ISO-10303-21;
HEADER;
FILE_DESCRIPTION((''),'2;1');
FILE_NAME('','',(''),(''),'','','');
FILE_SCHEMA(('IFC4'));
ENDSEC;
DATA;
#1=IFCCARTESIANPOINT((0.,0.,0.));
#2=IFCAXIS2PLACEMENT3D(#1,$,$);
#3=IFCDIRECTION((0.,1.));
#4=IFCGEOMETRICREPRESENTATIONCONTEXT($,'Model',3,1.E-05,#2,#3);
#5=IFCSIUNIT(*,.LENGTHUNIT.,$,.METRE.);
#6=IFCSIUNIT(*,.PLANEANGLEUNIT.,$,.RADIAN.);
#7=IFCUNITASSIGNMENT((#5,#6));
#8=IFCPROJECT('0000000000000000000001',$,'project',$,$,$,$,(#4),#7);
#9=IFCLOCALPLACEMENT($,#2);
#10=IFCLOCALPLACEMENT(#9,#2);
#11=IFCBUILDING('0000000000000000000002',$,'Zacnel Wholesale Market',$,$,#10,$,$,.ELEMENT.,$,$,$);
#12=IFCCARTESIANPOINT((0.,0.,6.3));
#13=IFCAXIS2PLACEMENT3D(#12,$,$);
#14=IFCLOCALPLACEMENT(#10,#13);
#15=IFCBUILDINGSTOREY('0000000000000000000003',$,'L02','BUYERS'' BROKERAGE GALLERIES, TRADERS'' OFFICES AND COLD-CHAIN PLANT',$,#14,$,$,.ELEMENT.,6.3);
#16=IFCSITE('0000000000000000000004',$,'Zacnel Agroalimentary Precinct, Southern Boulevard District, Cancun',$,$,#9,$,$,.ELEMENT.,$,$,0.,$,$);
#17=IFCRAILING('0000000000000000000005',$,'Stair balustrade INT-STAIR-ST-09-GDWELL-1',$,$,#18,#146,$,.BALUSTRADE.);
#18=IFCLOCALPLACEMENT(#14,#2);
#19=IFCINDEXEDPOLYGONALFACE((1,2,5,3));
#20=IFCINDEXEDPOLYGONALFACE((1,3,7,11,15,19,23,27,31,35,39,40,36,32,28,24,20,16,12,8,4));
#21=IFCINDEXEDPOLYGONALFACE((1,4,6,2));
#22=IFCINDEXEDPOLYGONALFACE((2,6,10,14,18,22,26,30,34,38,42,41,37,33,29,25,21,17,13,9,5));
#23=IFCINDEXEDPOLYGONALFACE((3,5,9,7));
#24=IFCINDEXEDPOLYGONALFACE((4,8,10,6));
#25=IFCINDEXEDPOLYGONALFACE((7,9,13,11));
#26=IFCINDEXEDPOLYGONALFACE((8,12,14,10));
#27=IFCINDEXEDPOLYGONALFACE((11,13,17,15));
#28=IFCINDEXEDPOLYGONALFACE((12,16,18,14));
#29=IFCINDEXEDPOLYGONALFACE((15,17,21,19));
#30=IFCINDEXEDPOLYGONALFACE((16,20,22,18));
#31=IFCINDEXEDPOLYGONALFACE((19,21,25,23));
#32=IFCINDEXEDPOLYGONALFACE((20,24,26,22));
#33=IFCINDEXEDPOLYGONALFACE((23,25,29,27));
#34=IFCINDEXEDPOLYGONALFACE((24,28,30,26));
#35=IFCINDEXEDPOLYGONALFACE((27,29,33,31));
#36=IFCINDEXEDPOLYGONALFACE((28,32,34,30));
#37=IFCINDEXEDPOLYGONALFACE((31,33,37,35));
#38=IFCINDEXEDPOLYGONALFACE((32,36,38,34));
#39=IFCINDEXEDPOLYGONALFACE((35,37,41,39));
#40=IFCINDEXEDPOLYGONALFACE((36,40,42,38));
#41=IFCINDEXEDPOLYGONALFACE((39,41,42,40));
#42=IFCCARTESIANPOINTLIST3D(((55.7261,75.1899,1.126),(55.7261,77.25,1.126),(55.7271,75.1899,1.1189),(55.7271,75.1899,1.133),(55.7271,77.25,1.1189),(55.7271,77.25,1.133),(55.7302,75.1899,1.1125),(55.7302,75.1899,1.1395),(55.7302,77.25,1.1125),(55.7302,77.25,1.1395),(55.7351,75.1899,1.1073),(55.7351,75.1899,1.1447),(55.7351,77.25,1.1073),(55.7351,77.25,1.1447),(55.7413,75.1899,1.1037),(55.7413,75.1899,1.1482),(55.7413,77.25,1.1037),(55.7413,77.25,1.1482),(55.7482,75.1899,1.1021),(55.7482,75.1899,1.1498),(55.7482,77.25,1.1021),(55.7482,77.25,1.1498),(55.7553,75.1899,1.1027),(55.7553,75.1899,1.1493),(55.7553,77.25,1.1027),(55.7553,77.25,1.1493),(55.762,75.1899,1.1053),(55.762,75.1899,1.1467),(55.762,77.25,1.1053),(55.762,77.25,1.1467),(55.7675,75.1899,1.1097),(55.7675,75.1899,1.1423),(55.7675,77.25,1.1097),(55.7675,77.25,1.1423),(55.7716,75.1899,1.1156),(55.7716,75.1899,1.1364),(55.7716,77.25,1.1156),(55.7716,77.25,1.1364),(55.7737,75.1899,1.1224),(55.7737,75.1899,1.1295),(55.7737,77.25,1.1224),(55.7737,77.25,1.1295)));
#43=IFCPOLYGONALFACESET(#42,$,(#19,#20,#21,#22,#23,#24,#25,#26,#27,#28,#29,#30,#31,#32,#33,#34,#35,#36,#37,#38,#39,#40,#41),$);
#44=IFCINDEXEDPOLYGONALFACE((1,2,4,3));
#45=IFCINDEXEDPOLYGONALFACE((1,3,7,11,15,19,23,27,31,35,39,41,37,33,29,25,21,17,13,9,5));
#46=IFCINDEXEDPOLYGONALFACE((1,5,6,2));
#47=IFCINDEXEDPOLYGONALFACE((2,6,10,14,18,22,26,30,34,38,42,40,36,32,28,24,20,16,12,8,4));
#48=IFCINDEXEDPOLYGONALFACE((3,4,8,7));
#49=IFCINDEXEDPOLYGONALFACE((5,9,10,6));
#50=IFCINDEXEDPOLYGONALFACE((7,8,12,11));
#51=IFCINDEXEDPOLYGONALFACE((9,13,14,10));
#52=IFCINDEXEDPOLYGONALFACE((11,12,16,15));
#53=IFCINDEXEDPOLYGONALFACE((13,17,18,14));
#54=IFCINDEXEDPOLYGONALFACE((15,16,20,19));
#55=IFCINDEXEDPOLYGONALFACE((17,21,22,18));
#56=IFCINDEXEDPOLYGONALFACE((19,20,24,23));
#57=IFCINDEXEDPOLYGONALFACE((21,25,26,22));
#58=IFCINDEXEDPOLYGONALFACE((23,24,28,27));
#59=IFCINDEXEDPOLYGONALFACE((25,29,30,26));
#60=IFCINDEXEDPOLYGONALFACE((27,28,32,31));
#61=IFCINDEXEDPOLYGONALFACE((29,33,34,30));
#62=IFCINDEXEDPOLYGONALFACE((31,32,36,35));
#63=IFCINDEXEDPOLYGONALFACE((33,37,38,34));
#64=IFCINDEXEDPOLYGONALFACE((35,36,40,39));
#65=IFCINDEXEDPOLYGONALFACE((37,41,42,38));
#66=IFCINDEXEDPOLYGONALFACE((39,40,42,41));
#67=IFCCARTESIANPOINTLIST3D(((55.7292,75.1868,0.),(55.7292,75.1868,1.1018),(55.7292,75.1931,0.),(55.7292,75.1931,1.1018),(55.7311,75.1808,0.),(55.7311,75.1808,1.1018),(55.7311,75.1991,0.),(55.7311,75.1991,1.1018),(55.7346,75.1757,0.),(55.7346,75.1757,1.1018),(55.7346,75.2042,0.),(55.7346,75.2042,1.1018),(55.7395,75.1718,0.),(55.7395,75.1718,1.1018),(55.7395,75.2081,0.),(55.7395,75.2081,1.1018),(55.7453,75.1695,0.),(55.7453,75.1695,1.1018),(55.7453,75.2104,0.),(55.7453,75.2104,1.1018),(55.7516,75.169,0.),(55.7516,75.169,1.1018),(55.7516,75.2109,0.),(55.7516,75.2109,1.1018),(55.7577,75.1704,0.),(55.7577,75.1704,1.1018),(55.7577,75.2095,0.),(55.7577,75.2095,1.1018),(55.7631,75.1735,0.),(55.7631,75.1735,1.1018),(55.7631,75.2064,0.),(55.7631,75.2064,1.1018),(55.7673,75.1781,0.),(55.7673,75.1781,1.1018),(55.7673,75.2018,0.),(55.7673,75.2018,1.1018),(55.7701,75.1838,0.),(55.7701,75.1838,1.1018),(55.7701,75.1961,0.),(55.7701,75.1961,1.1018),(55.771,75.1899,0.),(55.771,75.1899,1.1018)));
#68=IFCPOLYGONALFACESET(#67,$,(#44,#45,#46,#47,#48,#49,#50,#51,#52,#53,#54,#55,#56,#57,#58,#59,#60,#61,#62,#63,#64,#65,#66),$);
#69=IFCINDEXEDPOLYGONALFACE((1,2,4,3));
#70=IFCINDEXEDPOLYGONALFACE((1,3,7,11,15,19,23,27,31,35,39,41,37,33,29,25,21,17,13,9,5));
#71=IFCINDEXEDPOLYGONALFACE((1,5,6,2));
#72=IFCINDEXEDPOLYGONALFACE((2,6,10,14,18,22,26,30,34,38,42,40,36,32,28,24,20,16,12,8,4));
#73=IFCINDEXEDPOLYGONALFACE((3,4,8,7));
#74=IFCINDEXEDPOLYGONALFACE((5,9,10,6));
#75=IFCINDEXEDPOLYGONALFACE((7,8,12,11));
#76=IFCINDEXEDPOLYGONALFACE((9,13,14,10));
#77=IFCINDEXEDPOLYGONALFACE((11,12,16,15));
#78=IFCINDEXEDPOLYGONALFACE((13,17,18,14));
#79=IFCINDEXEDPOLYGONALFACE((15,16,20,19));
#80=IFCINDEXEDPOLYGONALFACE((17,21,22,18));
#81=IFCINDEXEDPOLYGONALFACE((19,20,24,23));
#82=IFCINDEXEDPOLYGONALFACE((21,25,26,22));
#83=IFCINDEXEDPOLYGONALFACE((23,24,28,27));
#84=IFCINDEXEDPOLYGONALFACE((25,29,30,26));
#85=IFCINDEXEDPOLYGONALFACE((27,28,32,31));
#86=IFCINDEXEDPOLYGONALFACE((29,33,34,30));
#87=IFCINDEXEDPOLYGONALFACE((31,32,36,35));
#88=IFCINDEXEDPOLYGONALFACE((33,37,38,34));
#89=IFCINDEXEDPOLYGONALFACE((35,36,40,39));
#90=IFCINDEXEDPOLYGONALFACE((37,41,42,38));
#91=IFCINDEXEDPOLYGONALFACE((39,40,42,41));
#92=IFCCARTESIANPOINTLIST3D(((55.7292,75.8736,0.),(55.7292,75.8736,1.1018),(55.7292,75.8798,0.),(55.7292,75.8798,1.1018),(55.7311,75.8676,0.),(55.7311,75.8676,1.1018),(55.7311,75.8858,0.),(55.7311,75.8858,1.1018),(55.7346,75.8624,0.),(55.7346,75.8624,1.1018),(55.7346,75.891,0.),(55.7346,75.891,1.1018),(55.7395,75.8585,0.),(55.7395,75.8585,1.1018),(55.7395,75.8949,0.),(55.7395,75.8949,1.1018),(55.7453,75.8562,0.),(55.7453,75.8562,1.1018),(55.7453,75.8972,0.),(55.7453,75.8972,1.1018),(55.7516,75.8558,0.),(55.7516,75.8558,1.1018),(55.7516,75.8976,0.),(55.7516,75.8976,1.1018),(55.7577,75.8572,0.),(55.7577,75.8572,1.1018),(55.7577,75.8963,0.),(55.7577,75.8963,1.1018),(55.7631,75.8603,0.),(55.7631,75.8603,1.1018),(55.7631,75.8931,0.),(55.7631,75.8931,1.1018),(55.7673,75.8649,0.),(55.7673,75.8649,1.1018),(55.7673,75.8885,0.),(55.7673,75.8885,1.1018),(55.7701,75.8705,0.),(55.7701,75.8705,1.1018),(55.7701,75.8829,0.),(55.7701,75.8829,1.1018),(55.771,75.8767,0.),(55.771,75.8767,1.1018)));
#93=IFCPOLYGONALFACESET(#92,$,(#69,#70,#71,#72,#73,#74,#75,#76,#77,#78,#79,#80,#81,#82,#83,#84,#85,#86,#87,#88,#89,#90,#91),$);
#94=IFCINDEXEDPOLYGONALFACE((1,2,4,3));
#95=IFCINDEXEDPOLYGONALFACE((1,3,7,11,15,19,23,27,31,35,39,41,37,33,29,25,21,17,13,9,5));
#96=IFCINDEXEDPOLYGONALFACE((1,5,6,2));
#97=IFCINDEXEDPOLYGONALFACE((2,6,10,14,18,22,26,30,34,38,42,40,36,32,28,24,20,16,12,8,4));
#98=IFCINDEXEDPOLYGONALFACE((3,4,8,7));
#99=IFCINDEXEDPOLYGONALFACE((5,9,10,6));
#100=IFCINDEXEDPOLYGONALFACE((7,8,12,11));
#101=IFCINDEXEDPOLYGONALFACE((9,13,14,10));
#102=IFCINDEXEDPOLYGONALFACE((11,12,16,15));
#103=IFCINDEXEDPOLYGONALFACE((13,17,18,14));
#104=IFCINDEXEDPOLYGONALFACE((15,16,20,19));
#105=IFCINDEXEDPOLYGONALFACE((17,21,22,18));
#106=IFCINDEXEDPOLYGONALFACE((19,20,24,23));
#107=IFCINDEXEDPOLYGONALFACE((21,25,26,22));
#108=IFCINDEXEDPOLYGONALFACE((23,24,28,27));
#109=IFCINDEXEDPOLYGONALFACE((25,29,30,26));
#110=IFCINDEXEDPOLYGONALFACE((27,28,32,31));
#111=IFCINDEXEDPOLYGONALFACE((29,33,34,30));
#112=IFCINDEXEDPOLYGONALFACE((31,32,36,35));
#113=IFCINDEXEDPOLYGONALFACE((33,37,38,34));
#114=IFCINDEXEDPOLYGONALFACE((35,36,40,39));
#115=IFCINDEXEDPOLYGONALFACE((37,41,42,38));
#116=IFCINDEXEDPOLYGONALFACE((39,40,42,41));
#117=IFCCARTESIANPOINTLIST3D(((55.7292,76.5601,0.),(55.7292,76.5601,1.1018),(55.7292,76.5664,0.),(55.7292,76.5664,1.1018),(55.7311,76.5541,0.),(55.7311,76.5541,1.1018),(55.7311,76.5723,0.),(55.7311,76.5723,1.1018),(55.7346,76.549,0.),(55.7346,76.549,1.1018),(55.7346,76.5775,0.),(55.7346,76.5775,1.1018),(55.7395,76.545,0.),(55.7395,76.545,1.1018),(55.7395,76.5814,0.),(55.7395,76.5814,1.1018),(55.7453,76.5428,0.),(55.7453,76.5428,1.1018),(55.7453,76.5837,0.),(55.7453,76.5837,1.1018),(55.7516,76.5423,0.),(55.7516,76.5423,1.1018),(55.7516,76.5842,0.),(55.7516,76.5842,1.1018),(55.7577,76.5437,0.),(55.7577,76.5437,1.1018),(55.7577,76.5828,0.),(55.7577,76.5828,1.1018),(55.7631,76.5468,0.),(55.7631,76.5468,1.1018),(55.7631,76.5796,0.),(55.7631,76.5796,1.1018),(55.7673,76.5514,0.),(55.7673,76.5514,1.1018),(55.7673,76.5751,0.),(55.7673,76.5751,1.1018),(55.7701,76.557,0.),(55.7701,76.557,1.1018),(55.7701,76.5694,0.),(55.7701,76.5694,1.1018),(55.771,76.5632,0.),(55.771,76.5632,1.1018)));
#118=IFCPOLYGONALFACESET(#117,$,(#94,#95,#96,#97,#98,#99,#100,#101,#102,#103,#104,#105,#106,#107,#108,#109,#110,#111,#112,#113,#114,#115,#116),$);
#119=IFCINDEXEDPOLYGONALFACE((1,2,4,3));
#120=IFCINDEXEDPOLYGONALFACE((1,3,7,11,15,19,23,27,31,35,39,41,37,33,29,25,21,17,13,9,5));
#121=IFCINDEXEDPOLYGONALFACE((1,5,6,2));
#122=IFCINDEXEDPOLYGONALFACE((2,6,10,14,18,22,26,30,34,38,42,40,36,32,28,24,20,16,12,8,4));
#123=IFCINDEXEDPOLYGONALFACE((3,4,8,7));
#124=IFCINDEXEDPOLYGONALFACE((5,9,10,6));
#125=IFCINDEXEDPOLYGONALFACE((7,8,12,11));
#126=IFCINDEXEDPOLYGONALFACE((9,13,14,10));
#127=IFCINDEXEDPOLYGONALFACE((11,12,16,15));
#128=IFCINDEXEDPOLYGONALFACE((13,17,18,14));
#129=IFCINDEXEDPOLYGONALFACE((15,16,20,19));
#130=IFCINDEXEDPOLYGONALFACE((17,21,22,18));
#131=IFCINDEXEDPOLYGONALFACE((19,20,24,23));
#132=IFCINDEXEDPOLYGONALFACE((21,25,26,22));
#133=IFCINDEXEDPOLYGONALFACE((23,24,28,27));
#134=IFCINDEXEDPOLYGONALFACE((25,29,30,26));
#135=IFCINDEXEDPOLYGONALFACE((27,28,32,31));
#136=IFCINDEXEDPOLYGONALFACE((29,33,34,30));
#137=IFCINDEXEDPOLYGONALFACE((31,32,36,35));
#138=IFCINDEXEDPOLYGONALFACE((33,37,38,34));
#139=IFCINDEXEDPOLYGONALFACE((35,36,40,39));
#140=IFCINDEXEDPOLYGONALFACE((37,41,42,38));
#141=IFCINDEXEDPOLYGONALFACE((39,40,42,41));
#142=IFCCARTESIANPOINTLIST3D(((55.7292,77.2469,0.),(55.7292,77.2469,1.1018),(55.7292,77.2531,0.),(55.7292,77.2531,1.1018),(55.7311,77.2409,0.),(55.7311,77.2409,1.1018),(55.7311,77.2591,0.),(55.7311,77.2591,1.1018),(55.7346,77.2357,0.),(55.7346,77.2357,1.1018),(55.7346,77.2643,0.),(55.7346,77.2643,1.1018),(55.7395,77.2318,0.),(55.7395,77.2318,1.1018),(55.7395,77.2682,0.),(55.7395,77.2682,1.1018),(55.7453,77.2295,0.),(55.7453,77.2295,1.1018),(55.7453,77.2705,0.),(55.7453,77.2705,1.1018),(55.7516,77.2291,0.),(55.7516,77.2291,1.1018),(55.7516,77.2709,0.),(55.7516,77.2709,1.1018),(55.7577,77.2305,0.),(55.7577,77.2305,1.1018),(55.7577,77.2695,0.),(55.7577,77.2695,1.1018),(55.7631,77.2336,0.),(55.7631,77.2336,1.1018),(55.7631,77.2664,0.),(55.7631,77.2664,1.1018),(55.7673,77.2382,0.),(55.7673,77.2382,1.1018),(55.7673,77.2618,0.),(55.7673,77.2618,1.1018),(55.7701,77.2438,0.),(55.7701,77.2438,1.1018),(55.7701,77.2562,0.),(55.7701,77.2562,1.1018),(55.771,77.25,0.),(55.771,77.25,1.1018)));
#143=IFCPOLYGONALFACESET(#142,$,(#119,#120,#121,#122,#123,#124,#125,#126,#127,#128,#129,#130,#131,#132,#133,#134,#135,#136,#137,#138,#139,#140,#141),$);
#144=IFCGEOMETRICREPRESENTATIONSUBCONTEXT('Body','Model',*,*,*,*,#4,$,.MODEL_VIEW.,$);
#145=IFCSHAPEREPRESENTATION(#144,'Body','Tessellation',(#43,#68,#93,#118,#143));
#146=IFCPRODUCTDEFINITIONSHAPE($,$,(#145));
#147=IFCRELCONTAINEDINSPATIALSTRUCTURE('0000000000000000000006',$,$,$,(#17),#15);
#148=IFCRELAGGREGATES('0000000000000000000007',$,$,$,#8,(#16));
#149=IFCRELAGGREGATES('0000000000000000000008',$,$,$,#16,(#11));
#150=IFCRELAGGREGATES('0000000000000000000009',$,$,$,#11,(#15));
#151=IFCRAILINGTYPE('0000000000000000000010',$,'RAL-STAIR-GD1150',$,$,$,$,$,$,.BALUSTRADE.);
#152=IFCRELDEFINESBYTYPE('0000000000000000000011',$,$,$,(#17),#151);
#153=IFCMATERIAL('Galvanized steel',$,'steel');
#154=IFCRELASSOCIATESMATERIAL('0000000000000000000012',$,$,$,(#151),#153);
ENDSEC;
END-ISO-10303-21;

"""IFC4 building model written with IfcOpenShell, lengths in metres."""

from ifc_helpers import new_model, si_unit, direction, frame, origin, origin_2d, place, context, subcontext, project, spatial, circle, extrude, material, type_object, element, save


model = new_model("IFC4")

# Units and contexts
model_context = context("Model", 3, precision=1e-05, world=origin(), true_north=direction((0.0, 1.0)))
body_context = subcontext(model_context, "Body", "Model", "MODEL_VIEW")
ifc_project = project(units=[si_unit("LENGTHUNIT", "METRE"), si_unit("PLANEANGLEUNIT", "RADIAN")], contexts=[model_context])

# Site, building, storey
site_placement = place(None, origin())
site = spatial("IfcSite", under=ifc_project, at=site_placement, Name="Zacnel Agroalimentary Precinct, Southern Boulevard District, Cancun", CompositionType="ELEMENT", RefElevation=0.0)
building_placement = place(site_placement, origin())
building = spatial("IfcBuilding", under=site, at=building_placement, Name="Zacnel Wholesale Market", CompositionType="ELEMENT")
storey_placement = place(building_placement, frame((0.0, 0.0, 6.3)))
storey = spatial("IfcBuildingStorey", under=building, at=storey_placement, Name="L02", Description="BUYERS' BROKERAGE GALLERIES, TRADERS' OFFICES AND COLD-CHAIN PLANT", CompositionType="ELEMENT", Elevation=6.3)

# Railing
ifc_material_1 = material(Name="Galvanized steel", Category="steel")
railing_type_1 = type_object("IfcRailingType", Name="RAL-STAIR-GD1150", PredefinedType="BALUSTRADE", material=ifc_material_1)
railing_1_placement = place(storey_placement, frame((55.75, 75.1899, 0.0)))
element("IfcRailing", 1, at=railing_1_placement, inside=storey, type_object=railing_type_1, Name="Stair balustrade INT-STAIR-ST-09-GDWELL-1", PredefinedType="BALUSTRADE", context=body_context, shape_type="SweptSolid", body=[
    extrude(circle(Radius=0.0239, at=origin_2d()), frame((0.0, 0.0, 1.126), z_axis=(0.0, 1.0, 0.0), x_axis=(-1.0, 0.0, 0.0)), (0.0, 0.0, 1.0), 2.0601),
    extrude(circle(Radius=0.021, at=origin_2d()), origin(), (0.0, 0.0, 1.0), 1.1018),
    extrude(circle(Radius=0.021, at=origin_2d()), frame((0.0, 0.6868, 0.0)), (0.0, 0.0, 1.0), 1.1018),
    extrude(circle(Radius=0.021, at=origin_2d()), frame((0.0, 1.3733, 0.0)), (0.0, 0.0, 1.0), 1.1018),
    extrude(circle(Radius=0.021, at=origin_2d()), frame((0.0, 2.0601, 0.0)), (0.0, 0.0, 1.0), 1.1018),
])

save(model, "model.ifc")
